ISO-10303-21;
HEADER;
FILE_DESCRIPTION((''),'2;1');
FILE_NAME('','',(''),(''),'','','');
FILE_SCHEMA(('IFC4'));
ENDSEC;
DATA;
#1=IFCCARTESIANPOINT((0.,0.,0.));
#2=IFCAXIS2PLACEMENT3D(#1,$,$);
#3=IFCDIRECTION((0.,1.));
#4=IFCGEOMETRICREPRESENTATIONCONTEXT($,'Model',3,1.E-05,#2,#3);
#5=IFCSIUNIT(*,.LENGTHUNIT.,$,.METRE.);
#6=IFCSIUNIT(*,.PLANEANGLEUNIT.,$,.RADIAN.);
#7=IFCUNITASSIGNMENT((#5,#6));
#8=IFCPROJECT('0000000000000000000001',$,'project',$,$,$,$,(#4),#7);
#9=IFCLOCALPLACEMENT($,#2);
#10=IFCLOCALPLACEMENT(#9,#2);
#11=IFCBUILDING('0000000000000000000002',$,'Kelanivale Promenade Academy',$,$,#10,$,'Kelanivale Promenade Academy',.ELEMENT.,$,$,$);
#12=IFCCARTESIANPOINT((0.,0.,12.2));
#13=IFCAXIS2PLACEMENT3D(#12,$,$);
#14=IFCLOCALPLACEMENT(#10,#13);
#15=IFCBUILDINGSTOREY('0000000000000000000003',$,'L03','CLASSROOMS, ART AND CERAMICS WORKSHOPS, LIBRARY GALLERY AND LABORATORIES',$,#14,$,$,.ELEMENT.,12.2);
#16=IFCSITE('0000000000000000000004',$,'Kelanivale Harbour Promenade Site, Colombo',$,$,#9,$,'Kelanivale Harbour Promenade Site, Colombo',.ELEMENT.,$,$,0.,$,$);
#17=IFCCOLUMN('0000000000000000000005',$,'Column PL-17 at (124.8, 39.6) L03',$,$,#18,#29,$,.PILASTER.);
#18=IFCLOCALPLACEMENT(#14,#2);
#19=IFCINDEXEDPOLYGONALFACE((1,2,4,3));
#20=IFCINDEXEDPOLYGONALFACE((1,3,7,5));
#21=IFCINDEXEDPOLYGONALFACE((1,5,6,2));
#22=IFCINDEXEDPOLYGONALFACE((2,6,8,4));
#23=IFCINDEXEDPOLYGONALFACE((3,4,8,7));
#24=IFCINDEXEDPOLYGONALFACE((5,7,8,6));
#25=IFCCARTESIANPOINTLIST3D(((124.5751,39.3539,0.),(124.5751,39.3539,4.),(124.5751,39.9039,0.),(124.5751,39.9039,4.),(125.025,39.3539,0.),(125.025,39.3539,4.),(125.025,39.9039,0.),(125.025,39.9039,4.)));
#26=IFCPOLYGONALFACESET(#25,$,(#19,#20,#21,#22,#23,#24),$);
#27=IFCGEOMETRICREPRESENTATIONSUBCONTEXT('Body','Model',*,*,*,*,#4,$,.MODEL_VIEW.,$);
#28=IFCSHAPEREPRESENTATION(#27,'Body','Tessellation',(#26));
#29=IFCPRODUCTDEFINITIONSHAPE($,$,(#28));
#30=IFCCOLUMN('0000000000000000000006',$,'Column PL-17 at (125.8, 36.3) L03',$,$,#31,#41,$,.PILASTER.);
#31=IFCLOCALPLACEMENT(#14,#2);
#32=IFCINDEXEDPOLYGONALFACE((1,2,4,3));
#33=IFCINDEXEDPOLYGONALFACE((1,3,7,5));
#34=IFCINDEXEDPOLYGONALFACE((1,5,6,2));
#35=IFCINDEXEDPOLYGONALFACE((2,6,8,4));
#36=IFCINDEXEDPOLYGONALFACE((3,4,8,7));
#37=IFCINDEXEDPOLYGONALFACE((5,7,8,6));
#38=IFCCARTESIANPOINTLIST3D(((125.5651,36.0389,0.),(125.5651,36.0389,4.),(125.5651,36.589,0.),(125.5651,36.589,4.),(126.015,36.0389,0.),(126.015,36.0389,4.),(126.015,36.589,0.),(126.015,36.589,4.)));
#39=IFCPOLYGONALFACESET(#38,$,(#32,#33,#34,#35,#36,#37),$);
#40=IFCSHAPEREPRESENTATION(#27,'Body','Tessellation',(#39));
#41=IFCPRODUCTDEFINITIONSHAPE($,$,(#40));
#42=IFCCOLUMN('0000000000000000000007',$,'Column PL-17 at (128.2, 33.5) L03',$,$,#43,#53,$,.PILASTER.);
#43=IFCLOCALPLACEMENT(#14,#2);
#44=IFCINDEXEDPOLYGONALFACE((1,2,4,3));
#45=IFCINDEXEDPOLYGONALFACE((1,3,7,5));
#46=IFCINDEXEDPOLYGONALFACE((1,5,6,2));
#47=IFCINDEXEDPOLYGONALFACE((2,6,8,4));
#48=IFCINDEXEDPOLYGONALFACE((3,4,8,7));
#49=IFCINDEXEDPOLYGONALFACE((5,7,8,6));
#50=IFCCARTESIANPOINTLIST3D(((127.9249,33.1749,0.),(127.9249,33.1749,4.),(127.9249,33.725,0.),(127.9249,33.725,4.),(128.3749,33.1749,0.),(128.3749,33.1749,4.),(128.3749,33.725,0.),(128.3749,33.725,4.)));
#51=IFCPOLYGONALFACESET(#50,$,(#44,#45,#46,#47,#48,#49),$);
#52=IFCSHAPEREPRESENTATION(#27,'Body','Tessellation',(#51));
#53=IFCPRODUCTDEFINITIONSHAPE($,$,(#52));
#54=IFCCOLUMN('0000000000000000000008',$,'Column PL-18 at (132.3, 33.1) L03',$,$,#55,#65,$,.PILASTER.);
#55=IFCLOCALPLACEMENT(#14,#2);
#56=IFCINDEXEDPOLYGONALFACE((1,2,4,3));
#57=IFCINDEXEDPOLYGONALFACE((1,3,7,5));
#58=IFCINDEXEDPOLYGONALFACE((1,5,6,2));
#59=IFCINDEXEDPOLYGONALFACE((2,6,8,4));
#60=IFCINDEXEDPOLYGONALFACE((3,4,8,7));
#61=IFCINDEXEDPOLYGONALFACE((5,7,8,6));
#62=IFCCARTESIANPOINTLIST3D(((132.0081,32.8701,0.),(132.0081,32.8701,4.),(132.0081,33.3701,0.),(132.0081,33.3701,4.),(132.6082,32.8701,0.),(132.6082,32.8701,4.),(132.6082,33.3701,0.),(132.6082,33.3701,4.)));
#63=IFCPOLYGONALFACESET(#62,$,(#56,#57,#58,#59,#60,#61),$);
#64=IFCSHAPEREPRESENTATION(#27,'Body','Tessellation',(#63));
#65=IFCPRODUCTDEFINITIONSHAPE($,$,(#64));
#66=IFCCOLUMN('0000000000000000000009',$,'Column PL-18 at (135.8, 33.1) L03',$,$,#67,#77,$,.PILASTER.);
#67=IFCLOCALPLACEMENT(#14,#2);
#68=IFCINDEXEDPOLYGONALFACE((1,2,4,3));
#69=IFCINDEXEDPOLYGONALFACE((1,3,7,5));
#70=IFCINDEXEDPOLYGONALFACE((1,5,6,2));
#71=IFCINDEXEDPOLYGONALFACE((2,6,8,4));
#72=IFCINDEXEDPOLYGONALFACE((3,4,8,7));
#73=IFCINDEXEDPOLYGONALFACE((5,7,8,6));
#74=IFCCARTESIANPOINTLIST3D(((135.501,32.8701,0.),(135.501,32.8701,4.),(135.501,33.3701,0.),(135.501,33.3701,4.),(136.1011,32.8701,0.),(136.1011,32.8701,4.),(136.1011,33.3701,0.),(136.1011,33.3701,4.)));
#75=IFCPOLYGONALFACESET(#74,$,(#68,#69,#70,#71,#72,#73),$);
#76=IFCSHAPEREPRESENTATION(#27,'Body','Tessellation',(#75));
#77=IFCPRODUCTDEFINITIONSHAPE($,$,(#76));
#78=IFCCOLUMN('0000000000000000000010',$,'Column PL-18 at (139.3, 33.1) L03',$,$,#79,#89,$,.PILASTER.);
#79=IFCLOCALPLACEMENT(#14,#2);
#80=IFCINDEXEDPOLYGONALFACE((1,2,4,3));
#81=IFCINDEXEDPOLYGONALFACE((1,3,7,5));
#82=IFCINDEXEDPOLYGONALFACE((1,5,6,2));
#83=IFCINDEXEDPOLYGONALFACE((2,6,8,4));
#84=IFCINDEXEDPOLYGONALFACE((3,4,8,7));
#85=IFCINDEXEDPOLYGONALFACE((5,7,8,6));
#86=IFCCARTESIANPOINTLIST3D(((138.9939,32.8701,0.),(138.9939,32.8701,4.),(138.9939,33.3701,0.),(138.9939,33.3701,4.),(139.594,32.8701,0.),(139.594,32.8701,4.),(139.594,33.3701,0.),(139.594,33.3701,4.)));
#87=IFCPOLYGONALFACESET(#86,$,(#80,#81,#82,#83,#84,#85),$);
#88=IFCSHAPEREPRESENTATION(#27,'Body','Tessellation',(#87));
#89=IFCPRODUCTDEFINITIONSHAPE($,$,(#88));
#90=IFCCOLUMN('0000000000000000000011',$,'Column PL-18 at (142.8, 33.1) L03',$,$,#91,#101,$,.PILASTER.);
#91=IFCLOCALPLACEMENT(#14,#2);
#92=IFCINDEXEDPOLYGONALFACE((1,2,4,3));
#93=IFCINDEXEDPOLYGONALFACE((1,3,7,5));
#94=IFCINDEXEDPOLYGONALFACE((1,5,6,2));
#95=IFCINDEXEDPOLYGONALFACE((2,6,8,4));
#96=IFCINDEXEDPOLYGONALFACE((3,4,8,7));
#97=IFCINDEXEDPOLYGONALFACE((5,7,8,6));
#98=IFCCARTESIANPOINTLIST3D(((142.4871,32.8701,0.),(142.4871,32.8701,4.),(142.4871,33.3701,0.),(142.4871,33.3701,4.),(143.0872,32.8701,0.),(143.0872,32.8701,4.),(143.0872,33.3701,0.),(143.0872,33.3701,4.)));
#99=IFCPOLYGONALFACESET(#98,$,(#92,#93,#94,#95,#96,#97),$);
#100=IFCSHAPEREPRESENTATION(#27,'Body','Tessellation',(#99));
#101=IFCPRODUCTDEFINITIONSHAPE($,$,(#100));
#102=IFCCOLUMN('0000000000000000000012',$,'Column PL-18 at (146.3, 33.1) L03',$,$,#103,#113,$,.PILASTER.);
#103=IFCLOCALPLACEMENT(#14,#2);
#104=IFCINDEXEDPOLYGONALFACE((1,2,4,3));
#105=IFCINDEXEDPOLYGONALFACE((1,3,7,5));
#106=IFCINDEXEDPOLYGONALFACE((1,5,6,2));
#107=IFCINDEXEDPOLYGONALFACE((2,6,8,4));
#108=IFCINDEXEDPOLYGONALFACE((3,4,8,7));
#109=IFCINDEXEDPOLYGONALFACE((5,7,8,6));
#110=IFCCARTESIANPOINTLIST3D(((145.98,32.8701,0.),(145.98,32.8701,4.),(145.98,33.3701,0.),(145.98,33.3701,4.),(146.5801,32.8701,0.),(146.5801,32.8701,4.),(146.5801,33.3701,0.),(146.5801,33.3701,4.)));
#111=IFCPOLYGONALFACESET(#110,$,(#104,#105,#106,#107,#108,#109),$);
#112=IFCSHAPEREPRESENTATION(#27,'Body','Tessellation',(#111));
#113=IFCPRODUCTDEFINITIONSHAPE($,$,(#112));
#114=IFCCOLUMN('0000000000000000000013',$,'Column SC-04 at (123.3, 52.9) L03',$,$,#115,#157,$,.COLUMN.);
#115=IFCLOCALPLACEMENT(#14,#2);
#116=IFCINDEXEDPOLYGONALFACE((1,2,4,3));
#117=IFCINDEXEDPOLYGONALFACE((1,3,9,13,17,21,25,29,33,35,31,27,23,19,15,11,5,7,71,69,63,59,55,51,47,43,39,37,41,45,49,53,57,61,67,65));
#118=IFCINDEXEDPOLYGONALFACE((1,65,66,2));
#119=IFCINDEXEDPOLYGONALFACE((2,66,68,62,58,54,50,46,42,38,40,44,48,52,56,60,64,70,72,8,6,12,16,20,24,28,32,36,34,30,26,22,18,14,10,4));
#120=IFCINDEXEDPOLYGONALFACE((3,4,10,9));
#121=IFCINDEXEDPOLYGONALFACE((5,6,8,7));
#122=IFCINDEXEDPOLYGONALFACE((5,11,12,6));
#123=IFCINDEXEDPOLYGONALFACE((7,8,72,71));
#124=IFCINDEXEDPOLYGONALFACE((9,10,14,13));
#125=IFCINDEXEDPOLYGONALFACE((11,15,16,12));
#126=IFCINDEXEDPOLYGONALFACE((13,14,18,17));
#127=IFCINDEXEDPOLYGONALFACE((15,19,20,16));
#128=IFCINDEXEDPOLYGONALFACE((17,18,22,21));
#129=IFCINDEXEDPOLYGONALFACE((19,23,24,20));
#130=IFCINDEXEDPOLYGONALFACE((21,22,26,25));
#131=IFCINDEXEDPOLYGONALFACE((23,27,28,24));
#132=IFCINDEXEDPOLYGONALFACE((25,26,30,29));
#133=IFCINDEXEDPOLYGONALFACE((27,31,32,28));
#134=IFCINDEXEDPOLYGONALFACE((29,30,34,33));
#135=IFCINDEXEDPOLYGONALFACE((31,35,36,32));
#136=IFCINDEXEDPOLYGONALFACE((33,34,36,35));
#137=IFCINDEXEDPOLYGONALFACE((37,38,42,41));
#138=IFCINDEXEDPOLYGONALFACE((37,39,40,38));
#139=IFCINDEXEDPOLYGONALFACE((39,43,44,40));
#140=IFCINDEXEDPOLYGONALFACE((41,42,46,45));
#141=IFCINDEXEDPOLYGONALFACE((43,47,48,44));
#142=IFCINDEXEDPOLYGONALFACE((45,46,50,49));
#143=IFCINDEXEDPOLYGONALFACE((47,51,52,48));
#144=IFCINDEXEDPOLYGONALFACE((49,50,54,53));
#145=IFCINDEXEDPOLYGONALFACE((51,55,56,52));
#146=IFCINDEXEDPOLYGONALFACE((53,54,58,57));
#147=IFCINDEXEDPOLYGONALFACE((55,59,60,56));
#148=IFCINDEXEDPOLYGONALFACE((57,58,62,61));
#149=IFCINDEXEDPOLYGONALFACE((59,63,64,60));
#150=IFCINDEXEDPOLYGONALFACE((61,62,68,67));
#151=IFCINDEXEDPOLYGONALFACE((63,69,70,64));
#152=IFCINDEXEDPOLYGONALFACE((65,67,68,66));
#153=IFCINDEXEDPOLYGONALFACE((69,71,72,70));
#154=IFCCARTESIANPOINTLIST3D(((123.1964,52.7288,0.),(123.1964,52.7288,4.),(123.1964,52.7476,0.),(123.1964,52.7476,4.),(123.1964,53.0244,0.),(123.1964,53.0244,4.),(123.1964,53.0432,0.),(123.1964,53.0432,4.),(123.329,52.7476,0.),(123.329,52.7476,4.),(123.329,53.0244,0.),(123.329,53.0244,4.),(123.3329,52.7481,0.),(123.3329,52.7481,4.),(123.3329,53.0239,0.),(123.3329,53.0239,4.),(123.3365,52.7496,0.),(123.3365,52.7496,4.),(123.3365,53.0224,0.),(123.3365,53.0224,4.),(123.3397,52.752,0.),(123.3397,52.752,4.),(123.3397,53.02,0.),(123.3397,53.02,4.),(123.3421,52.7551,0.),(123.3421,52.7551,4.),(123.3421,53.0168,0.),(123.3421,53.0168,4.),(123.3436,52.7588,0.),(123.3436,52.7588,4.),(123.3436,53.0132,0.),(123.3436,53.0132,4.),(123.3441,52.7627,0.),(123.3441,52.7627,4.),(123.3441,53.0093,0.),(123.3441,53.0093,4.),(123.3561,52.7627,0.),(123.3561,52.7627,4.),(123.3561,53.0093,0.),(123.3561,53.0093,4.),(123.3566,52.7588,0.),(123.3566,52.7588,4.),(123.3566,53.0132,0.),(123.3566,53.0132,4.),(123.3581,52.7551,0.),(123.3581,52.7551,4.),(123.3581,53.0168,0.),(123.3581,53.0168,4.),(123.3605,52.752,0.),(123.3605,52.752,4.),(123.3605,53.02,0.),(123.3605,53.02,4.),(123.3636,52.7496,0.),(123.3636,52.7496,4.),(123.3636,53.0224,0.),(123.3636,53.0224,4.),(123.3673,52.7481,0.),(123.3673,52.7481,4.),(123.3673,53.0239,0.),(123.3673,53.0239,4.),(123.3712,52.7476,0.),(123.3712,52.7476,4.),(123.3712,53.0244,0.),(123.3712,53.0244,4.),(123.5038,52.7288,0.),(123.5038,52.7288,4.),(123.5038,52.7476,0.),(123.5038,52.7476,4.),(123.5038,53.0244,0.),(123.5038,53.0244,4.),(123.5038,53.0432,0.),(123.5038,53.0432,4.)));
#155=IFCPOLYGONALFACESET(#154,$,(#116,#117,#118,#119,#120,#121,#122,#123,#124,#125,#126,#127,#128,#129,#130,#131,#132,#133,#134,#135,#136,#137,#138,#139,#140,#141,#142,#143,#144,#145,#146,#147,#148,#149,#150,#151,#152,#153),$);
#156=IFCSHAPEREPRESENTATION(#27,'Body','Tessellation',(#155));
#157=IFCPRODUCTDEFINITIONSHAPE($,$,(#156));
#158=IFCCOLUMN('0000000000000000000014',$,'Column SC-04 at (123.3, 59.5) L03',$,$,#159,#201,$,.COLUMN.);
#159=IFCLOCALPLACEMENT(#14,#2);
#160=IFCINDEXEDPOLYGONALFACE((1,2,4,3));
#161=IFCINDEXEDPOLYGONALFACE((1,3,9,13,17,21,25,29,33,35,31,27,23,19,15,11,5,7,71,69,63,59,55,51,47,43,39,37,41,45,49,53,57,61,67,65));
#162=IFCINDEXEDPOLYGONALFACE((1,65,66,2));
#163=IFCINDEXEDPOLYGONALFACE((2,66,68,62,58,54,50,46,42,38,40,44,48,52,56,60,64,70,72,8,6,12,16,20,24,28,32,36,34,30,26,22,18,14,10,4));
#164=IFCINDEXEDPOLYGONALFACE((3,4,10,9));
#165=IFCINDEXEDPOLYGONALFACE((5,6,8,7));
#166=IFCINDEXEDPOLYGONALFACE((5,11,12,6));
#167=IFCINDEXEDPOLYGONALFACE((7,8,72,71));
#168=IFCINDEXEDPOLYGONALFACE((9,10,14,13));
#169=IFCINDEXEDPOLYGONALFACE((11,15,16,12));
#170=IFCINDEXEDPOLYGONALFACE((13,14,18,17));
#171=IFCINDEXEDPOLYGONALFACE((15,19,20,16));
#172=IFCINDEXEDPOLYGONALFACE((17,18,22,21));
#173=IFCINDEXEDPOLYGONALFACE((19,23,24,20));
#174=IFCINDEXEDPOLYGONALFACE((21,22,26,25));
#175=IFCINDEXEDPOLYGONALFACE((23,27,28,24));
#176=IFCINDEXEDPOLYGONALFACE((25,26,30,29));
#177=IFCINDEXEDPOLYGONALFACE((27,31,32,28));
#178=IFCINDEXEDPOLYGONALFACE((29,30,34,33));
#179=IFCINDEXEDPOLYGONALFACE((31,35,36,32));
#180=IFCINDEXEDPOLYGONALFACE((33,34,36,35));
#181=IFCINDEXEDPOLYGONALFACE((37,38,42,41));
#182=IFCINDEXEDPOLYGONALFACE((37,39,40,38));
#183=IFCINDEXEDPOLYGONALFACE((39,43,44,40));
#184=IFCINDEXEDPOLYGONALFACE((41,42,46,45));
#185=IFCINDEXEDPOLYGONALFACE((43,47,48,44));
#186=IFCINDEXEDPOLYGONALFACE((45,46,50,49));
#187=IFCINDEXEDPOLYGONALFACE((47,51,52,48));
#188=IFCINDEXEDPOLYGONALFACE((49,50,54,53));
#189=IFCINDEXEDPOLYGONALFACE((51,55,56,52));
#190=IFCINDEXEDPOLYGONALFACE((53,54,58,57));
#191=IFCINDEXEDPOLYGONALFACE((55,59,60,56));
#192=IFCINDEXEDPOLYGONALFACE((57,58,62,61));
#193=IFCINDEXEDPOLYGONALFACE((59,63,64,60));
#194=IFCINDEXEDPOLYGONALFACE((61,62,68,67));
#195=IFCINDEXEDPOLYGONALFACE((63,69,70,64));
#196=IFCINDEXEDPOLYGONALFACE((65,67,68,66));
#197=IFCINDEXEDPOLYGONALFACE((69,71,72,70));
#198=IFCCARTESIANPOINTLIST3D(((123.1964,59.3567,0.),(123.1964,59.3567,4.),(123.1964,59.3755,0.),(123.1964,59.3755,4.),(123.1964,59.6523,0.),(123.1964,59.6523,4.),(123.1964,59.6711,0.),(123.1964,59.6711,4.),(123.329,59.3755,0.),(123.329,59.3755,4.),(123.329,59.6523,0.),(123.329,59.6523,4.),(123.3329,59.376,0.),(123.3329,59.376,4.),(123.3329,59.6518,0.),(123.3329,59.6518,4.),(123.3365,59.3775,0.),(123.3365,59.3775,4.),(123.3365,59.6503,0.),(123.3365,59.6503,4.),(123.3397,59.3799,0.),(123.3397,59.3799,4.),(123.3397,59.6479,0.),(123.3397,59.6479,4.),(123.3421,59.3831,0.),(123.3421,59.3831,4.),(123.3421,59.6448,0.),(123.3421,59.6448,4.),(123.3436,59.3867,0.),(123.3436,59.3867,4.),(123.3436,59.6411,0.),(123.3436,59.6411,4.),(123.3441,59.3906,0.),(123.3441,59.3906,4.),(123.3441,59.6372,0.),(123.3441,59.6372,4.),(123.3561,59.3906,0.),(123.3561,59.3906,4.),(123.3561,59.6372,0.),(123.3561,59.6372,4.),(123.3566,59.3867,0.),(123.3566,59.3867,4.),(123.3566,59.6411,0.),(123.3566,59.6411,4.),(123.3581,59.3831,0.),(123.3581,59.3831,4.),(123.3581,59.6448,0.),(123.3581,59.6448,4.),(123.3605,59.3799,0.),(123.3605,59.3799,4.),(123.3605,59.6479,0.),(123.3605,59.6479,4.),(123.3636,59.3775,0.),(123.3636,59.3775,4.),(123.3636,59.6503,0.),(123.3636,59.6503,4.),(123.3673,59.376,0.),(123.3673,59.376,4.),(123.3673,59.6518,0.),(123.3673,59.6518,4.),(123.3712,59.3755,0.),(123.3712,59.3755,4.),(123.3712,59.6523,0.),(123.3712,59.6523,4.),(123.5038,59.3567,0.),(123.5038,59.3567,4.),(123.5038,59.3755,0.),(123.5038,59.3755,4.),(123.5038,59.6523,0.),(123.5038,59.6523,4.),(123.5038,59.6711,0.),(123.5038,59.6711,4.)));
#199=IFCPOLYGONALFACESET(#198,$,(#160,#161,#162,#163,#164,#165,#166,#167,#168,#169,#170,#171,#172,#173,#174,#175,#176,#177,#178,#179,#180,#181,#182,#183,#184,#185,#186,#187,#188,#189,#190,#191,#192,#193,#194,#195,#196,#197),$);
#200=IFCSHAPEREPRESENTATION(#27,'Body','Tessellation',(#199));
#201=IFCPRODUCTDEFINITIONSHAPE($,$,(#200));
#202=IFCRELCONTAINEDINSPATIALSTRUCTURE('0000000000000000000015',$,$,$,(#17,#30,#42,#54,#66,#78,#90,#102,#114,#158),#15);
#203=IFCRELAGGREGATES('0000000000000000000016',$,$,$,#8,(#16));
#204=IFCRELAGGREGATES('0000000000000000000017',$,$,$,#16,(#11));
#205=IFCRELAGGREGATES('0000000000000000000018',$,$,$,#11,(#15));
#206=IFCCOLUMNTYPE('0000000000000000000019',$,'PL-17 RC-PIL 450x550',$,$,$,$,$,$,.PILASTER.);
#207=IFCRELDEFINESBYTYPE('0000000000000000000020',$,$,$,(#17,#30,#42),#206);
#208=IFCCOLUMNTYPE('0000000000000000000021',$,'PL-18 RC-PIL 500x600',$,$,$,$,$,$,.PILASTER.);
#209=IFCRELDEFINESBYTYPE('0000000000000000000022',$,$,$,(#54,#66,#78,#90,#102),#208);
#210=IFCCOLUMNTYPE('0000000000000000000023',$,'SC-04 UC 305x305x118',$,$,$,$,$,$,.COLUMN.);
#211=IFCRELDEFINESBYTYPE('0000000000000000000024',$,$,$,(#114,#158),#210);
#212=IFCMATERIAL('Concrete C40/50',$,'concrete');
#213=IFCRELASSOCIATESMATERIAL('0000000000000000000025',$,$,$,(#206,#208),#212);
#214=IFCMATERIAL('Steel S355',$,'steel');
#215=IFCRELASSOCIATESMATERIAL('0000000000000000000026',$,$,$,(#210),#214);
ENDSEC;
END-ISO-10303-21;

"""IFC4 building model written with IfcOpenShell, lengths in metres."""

from ifc_helpers import new_model, si_unit, direction, frame, origin, origin_2d, place, context, subcontext, project, spatial, rectangle, i_section, extrude, material, material_profile, profile_set, type_object, element, save


model = new_model("IFC4")

# Units and contexts
model_context = context("Model", 3, precision=1e-05, world=origin(), true_north=direction((0.0, 1.0)))
body_context = subcontext(model_context, "Body", "Model", "MODEL_VIEW")
ifc_project = project(units=[si_unit("LENGTHUNIT", "METRE"), si_unit("PLANEANGLEUNIT", "RADIAN")], contexts=[model_context])

# Site, building, storey
site_placement = place(None, origin())
site = spatial("IfcSite", under=ifc_project, at=site_placement, Name="Kelanivale Harbour Promenade Site, Colombo", LongName="Kelanivale Harbour Promenade Site, Colombo", CompositionType="ELEMENT", RefElevation=0.0)
building_placement = place(site_placement, origin())
building = spatial("IfcBuilding", under=site, at=building_placement, Name="Kelanivale Promenade Academy", LongName="Kelanivale Promenade Academy", CompositionType="ELEMENT")
storey_placement = place(building_placement, frame((0.0, 0.0, 12.2)))
storey = spatial("IfcBuildingStorey", under=building, at=storey_placement, Name="L03", Description="CLASSROOMS, ART AND CERAMICS WORKSHOPS, LIBRARY GALLERY AND LABORATORIES", CompositionType="ELEMENT", Elevation=12.2)

# Columns
ifc_material_1 = material(Name="Concrete C40/50", Category="concrete")
ifc_material_profile_1 = material_profile(ifc_material_1, rectangle(XDim=0.45, YDim=0.55, at=origin_2d()), Name="RC-PIL 450x550")
ifc_profile_set_1 = profile_set([ifc_material_profile_1], Name="Concrete C40/50")
column_type_1 = type_object("IfcColumnType", Name="PL-17 RC-PIL 450x550", PredefinedType="PILASTER", material=ifc_profile_set_1)
for number, where, z_axis, x_axis, name in (
    (1, (124.8, 39.6289, 0.0), (0.0, 0.0, 1.0), (1.0, 0.0, 0.0), "Column PL-17 at (124.8, 39.6) L03"),
    (2, (125.79, 36.314, 0.0), (0.0, 0.0, 1.0), (1.0, 0.0, 0.0), "Column PL-17 at (125.8, 36.3) L03"),
    (3, (128.1499, 33.45, 0.0), (0.0, 0.0, 1.0), (1.0, 0.0, 0.0), "Column PL-17 at (128.2, 33.5) L03"),
):
    element("IfcColumn", number, at=place(storey_placement, frame(where, z_axis=z_axis, x_axis=x_axis)), inside=storey, type_object=column_type_1, Name=name, PredefinedType="PILASTER", context=body_context, shape_type="SweptSolid", body=[
        extrude(rectangle(XDim=0.45, YDim=0.55, at=origin_2d()), origin(), (0.0, 0.0, 1.0), 4.0),
    ])
ifc_material_profile_2 = material_profile(ifc_material_1, rectangle(XDim=0.5, YDim=0.6001, at=origin_2d()), Name="RC-PIL 500x600")
ifc_profile_set_2 = profile_set([ifc_material_profile_2], Name="Concrete C40/50")
column_type_2 = type_object("IfcColumnType", Name="PL-18 RC-PIL 500x600", PredefinedType="PILASTER", material=ifc_profile_set_2)
for number, where, z_axis, x_axis, name in (
    (4, (132.3081, 33.1201, 0.0), (0.0, 0.0, 1.0), (0.0, 1.0, 0.0), "Column PL-18 at (132.3, 33.1) L03"),
    (5, (135.801, 33.1201, 0.0), (0.0, 0.0, 1.0), (0.0, 1.0, 0.0), "Column PL-18 at (135.8, 33.1) L03"),
    (6, (139.2939, 33.1201, 0.0), (0.0, 0.0, 1.0), (0.0, 1.0, 0.0), "Column PL-18 at (139.3, 33.1) L03"),
    (7, (142.7871, 33.1201, 0.0), (0.0, 0.0, 1.0), (0.0, 1.0, 0.0), "Column PL-18 at (142.8, 33.1) L03"),
    (8, (146.28, 33.1201, 0.0), (0.0, 0.0, 1.0), (0.0, 1.0, 0.0), "Column PL-18 at (146.3, 33.1) L03"),
):
    element("IfcColumn", number, at=place(storey_placement, frame(where, z_axis=z_axis, x_axis=x_axis)), inside=storey, type_object=column_type_2, Name=name, PredefinedType="PILASTER", context=body_context, shape_type="SweptSolid", body=[
        extrude(rectangle(XDim=0.5, YDim=0.6001, at=origin_2d()), origin(), (0.0, 0.0, 1.0), 4.0),
    ])
ifc_material_2 = material(Name="Steel S355", Category="steel")
ifc_material_profile_3 = material_profile(ifc_material_2, i_section(OverallWidth=0.3074, OverallDepth=0.3145, WebThickness=0.012, FlangeThickness=0.0188, FilletRadius=0.0151, at=origin_2d()), Name="UC 305x305x118")
ifc_profile_set_3 = profile_set([ifc_material_profile_3], Name="Steel S355")
column_type_3 = type_object("IfcColumnType", Name="SC-04 UC 305x305x118", PredefinedType="COLUMN", material=ifc_profile_set_3)
for number, where, z_axis, x_axis, name in (
    (9, (123.3501, 52.886, 0.0), (0.0, 0.0, 1.0), (1.0, 0.0, 0.0), "Column SC-04 at (123.3, 52.9) L03"),
    (10, (123.3501, 59.5139, 0.0), (0.0, 0.0, 1.0), (1.0, 0.0, 0.0), "Column SC-04 at (123.3, 59.5) L03"),
):
    element("IfcColumn", number, at=place(storey_placement, frame(where, z_axis=z_axis, x_axis=x_axis)), inside=storey, type_object=column_type_3, Name=name, PredefinedType="COLUMN", context=body_context, shape_type="SweptSolid", body=[
        extrude(i_section(OverallWidth=0.3074, OverallDepth=0.3145, WebThickness=0.012, FlangeThickness=0.0188, FilletRadius=0.0151, at=origin_2d()), origin(), (0.0, 0.0, 1.0), 4.0),
    ])

save(model, "model.ifc")
